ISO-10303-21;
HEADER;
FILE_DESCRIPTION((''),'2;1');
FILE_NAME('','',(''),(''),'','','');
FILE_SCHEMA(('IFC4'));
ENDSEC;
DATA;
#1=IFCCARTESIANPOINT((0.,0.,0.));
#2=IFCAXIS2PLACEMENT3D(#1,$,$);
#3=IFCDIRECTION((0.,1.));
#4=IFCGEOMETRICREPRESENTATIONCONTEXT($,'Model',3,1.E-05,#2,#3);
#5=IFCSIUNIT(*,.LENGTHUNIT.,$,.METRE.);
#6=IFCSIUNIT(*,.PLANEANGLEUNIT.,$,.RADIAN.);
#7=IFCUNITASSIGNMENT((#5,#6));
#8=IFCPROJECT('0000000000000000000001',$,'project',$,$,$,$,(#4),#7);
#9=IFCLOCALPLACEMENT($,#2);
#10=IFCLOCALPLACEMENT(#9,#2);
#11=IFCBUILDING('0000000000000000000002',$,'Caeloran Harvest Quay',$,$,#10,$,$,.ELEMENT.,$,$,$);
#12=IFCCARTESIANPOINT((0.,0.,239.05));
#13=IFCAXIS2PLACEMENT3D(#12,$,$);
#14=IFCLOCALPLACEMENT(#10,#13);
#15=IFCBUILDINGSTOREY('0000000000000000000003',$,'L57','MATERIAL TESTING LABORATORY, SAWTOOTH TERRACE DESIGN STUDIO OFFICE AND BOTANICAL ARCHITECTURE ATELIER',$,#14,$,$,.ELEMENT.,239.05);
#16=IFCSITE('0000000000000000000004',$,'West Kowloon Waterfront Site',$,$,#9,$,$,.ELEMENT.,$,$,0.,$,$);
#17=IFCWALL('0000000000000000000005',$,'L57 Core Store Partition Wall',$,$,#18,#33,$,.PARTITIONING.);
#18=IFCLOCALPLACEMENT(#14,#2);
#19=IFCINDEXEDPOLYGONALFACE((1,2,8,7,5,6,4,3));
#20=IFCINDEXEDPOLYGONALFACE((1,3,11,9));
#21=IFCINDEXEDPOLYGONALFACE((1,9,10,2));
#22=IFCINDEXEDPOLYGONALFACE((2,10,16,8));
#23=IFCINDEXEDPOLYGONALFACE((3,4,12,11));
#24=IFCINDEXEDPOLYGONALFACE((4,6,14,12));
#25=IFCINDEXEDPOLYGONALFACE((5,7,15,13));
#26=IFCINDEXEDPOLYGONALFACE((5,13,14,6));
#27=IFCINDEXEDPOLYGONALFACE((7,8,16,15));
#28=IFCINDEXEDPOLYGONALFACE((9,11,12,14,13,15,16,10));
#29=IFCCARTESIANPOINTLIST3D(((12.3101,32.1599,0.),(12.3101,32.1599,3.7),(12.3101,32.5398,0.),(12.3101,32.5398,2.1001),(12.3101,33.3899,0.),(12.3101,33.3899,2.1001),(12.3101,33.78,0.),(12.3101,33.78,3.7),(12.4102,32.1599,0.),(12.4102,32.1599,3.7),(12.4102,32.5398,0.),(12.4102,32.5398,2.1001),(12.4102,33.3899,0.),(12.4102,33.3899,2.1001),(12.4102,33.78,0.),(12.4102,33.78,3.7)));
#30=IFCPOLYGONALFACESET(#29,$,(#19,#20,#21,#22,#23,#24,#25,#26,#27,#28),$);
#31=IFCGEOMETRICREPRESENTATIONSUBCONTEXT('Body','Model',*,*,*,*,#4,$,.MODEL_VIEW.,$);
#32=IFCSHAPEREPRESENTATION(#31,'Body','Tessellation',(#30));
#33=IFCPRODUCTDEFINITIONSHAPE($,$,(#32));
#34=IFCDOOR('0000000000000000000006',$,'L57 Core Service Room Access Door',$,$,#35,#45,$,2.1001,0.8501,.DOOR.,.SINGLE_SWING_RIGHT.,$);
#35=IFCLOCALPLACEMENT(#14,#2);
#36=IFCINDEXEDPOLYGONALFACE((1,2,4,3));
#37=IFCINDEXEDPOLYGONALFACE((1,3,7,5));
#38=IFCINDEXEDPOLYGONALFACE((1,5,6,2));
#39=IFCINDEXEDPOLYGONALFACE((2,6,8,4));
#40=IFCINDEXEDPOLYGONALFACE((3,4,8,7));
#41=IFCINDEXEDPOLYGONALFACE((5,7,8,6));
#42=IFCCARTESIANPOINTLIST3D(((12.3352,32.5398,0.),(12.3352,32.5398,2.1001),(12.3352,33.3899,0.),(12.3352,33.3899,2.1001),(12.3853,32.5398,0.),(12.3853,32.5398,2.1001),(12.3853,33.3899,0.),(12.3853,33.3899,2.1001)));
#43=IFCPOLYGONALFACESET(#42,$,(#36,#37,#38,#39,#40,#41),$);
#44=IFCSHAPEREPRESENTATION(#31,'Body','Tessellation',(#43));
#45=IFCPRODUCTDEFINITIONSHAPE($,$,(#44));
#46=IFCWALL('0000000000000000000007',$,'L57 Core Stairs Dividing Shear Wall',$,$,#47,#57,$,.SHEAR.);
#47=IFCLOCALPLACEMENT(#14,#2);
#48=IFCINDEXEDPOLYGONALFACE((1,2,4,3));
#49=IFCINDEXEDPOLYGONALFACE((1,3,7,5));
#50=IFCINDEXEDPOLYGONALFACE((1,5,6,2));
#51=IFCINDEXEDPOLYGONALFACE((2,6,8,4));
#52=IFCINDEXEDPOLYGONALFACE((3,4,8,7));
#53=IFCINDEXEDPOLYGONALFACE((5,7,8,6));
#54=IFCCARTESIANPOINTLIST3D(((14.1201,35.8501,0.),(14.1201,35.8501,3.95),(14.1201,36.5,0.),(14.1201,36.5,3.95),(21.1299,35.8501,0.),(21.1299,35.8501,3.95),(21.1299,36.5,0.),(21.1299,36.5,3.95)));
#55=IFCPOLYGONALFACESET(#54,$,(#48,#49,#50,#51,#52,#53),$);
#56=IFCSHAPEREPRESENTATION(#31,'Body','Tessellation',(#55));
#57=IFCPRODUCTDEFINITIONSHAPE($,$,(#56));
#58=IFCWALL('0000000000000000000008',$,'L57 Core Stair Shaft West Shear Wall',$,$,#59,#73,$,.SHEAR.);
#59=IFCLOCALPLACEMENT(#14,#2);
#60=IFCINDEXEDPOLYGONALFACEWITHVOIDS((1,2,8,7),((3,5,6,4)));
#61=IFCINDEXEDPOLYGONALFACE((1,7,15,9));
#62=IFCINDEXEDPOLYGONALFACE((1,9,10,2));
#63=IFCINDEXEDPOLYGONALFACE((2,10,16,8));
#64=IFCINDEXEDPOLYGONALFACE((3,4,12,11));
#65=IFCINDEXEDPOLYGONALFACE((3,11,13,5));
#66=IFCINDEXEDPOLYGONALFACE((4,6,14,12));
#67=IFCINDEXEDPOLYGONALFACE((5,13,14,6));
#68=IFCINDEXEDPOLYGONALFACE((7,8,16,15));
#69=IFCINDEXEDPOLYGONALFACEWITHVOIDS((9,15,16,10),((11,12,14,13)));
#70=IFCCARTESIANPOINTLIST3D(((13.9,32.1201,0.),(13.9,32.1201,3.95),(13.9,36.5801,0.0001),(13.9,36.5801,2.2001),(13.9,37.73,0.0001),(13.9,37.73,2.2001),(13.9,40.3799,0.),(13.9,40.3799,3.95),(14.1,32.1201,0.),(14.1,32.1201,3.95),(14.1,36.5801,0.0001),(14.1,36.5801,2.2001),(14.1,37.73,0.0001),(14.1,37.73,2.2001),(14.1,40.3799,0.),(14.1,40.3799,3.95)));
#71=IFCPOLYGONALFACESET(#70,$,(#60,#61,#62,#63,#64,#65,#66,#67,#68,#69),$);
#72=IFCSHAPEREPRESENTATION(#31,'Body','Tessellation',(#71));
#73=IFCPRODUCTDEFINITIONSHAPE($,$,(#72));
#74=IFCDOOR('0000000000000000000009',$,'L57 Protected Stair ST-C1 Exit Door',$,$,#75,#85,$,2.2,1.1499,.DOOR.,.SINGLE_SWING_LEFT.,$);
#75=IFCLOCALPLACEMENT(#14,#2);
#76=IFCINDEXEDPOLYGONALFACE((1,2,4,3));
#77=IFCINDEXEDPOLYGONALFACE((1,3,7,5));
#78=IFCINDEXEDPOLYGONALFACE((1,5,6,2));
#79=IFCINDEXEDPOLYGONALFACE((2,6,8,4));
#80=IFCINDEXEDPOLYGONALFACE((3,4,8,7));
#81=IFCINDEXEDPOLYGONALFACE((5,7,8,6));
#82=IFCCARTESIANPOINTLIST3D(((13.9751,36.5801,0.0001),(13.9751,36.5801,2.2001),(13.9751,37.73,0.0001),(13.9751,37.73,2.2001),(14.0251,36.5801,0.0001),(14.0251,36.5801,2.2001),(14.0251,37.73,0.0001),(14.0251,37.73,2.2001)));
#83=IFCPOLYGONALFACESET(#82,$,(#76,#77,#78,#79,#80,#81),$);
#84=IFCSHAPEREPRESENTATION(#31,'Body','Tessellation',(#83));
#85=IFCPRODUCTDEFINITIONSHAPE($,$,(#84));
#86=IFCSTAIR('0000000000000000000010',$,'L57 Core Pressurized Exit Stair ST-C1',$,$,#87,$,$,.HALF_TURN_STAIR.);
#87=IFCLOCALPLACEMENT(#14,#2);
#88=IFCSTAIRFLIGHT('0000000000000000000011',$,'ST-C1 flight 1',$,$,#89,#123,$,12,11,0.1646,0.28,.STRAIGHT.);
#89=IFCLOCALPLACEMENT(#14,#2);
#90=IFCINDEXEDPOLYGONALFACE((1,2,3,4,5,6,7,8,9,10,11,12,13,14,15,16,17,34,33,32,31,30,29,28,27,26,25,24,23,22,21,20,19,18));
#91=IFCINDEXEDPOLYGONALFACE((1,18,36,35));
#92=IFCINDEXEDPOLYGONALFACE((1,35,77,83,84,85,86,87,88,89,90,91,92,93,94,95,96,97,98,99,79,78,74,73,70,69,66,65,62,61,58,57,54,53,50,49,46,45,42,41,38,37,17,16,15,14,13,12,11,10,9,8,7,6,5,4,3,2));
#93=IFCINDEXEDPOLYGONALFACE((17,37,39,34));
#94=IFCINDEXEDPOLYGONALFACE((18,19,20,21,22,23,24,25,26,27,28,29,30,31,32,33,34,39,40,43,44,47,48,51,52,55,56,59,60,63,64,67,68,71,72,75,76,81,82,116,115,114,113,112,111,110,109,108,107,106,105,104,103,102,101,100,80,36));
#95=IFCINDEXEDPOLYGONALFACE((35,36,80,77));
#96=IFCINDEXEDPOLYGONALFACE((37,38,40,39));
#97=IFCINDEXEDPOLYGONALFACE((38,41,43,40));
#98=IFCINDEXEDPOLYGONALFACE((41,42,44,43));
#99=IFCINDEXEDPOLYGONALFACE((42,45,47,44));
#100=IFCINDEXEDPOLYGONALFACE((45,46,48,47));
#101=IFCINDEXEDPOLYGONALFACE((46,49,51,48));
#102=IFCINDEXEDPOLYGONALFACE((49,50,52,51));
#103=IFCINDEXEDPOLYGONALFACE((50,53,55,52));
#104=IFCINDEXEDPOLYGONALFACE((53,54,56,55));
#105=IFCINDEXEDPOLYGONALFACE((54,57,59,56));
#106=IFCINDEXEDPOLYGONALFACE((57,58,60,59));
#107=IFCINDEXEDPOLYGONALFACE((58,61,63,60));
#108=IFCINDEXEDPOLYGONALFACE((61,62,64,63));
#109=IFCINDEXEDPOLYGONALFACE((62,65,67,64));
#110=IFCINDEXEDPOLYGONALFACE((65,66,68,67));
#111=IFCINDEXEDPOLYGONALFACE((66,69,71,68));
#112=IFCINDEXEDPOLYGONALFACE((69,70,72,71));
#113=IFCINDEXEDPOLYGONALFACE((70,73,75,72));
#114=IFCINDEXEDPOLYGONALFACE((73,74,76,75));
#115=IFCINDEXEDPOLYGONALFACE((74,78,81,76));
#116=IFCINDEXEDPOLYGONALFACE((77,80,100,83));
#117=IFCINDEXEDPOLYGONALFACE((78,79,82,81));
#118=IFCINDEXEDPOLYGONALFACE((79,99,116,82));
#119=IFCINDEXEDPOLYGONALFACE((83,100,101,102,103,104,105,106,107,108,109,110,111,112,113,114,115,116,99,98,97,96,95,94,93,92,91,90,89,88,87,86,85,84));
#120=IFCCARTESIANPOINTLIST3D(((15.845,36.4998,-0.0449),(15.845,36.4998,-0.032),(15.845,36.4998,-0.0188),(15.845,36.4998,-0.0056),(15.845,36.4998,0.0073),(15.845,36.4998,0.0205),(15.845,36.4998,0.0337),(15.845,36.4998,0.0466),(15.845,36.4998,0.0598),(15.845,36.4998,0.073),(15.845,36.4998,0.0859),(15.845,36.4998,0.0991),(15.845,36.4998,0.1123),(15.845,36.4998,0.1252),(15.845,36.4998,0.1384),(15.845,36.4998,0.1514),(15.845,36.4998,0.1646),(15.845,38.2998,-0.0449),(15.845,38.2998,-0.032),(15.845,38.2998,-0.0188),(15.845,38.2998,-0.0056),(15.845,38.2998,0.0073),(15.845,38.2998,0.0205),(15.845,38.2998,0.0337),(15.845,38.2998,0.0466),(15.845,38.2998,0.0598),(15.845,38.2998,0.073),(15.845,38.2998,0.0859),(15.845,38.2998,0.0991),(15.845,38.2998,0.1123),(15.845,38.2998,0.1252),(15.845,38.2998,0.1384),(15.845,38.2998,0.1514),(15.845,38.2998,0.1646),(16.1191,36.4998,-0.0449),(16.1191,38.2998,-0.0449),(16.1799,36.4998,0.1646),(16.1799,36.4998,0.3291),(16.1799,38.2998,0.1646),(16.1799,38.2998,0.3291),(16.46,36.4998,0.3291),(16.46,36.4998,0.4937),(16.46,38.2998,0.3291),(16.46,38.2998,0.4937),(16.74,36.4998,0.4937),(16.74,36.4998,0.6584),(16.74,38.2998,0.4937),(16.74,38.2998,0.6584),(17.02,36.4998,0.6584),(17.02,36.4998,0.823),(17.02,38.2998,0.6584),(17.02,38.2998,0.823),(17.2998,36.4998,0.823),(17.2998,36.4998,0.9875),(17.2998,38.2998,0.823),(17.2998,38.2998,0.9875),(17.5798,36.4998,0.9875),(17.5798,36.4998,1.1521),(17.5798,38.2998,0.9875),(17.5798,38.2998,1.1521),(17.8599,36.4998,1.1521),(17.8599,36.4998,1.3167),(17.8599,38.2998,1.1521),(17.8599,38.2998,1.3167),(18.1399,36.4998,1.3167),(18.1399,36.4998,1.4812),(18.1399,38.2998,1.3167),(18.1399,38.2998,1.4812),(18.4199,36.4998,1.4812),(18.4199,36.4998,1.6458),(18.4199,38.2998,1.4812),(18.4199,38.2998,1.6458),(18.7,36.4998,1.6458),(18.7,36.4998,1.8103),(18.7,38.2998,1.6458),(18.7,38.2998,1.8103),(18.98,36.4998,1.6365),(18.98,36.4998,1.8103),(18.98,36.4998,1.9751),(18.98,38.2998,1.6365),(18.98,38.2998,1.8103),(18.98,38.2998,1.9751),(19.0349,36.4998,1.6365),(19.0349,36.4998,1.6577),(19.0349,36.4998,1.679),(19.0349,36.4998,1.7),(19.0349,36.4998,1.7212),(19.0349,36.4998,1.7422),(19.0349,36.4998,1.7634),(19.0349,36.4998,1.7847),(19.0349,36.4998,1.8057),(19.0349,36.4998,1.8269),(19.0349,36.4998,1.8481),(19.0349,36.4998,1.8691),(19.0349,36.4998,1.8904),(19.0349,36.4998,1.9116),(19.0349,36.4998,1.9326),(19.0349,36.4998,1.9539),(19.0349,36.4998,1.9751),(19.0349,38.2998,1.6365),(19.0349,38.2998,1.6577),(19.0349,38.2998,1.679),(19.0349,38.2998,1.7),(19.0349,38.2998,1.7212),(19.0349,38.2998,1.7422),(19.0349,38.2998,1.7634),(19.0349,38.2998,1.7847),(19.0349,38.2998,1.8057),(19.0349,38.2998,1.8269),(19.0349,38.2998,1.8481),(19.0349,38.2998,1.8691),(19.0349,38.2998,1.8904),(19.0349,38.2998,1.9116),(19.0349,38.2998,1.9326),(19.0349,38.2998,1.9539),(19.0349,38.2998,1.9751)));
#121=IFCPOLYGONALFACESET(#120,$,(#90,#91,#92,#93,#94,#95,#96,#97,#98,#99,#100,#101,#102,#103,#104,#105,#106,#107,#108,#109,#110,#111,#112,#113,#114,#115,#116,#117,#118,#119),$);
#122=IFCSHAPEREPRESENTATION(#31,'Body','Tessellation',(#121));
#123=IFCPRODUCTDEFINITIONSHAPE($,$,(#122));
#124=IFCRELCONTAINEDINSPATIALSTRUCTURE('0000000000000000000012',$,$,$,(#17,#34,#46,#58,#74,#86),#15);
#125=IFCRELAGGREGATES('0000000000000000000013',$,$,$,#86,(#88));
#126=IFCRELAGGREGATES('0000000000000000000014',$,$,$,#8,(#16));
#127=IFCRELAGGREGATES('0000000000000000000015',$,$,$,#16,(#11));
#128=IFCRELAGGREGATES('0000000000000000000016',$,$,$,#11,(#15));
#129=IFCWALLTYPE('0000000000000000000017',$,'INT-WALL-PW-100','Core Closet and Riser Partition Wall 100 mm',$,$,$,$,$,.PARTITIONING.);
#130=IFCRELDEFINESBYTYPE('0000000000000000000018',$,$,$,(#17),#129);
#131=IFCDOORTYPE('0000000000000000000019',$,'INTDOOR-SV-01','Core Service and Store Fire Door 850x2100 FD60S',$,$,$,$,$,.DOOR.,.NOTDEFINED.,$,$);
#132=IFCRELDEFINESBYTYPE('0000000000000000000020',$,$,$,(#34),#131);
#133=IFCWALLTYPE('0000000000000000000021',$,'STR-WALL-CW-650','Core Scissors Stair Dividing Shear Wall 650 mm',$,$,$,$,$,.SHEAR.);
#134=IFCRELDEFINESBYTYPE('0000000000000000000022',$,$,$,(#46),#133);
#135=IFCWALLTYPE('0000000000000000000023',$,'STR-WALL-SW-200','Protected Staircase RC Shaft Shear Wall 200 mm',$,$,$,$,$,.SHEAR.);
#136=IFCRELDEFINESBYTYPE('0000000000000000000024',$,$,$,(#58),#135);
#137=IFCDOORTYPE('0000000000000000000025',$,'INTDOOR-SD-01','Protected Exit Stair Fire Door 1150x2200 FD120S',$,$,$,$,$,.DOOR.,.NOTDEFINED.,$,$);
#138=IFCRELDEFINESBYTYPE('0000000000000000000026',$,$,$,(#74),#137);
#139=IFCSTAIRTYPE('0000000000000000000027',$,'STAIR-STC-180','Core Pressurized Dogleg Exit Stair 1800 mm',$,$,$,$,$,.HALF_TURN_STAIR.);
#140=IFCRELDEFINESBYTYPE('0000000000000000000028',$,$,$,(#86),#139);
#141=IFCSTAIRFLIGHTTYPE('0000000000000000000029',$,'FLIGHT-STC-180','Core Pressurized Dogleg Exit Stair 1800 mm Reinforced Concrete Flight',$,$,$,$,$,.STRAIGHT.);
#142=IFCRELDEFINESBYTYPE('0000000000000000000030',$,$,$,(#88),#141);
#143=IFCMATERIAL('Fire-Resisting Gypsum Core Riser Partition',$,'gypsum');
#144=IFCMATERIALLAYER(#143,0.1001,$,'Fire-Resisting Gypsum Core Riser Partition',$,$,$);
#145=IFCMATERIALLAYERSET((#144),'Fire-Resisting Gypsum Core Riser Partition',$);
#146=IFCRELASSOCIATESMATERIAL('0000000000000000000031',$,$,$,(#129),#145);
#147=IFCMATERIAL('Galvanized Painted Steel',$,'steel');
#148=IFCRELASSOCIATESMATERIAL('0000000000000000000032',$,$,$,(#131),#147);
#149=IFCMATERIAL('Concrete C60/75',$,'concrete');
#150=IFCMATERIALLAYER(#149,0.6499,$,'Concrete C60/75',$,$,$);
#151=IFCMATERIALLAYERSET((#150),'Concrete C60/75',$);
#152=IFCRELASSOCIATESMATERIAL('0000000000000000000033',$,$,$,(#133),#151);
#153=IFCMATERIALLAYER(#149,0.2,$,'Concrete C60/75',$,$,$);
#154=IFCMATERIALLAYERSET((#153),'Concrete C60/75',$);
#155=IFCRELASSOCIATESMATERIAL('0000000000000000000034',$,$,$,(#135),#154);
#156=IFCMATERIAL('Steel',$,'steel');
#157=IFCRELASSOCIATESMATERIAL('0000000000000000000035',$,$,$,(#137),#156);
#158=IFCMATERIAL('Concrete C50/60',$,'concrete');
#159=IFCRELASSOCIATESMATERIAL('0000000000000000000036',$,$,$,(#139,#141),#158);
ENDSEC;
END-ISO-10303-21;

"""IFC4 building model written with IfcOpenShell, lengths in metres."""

from ifc_helpers import new_model, si_unit, direction, frame, frame_2d, origin, place, context, subcontext, project, spatial, polyline, rectangle, outline, extrude, material, layer, layer_set, type_object, element, fill, aggregate, save


model = new_model("IFC4")

# Units and contexts
model_context = context("Model", 3, precision=1e-05, world=origin(), true_north=direction((0.0, 1.0)))
body_context = subcontext(model_context, "Body", "Model", "MODEL_VIEW")
ifc_project = project(units=[si_unit("LENGTHUNIT", "METRE"), si_unit("PLANEANGLEUNIT", "RADIAN")], contexts=[model_context])

# Site, building, storey
site_placement = place(None, origin())
site = spatial("IfcSite", under=ifc_project, at=site_placement, Name="West Kowloon Waterfront Site", CompositionType="ELEMENT", RefElevation=0.0)
building_placement = place(site_placement, origin())
building = spatial("IfcBuilding", under=site, at=building_placement, Name="Caeloran Harvest Quay", CompositionType="ELEMENT")
storey_placement = place(building_placement, frame((0.0, 0.0, 239.05)))
storey = spatial("IfcBuildingStorey", under=building, at=storey_placement, Name="L57", Description="MATERIAL TESTING LABORATORY, SAWTOOTH TERRACE DESIGN STUDIO OFFICE AND BOTANICAL ARCHITECTURE ATELIER", CompositionType="ELEMENT", Elevation=239.05)

# Wall, opening, door
ifc_material_1 = material(Name="Fire-Resisting Gypsum Core Riser Partition", Category="gypsum")
ifc_layer_1 = layer(ifc_material_1, 0.1001, Name="Fire-Resisting Gypsum Core Riser Partition")
ifc_layer_set_1 = layer_set([ifc_layer_1], Name="Fire-Resisting Gypsum Core Riser Partition")
wall_type_1 = type_object("IfcWallType", Name="INT-WALL-PW-100", Description="Core Closet and Riser Partition Wall 100 mm", PredefinedType="PARTITIONING", material=ifc_layer_set_1)
wall_1_placement = place(storey_placement, frame((12.3601, 32.1599, 0.0), z_axis=(0.0, 0.0, 1.0), x_axis=(0.0, 1.0, 0.0)))
wall_1 = element("IfcWall", 1, at=wall_1_placement, inside=storey, type_object=wall_type_1, Name="L57 Core Store Partition Wall", PredefinedType="PARTITIONING", context=body_context, shape_type="SweptSolid", body=[
    extrude(rectangle(XDim=1.6201, YDim=0.1001, at=frame_2d((0.8101, 0.0))), origin(), (0.0, 0.0, 1.0), 3.7),
])
opening_1_placement = place(wall_1_placement, frame((0.3799, 0.0, 0.0)))
opening_1 = element("IfcOpeningElement", 2, at=opening_1_placement, cuts=wall_1, PredefinedType="OPENING", context=body_context, shape_type="SweptSolid", body=[
    extrude(rectangle(XDim=0.8501, YDim=2.1001, at=frame_2d((0.425, 1.05))), frame((0.0, 0.0601, 0.0), z_axis=(0.0, -1.0, 0.0), x_axis=(1.0, 0.0, 0.0)), (0.0, 0.0, 1.0), 0.1201),
])
ifc_material_2 = material(Name="Galvanized Painted Steel", Category="steel")
door_type_1 = type_object("IfcDoorType", Name="INTDOOR-SV-01", Description="Core Service and Store Fire Door 850x2100 FD60S", OperationType="NOTDEFINED", PredefinedType="DOOR", material=ifc_material_2)
door_1_placement = place(opening_1_placement, origin())
door_1 = element("IfcDoor", 3, at=door_1_placement, inside=storey, type_object=door_type_1, Name="L57 Core Service Room Access Door", OperationType="SINGLE_SWING_RIGHT", OverallHeight=2.1001, OverallWidth=0.8501, PredefinedType="DOOR", context=body_context, shape_type="SweptSolid", body=[
    extrude(rectangle(XDim=0.8501, YDim=2.1001, at=frame_2d((0.425, 1.05))), frame((0.0, 0.0249, 0.0), z_axis=(0.0, -1.0, 0.0), x_axis=(1.0, 0.0, 0.0)), (0.0, 0.0, 1.0), 0.05),
])
fill(opening_1, door_1)

# Wall
ifc_material_3 = material(Name="Concrete C60/75", Category="concrete")
ifc_layer_2 = layer(ifc_material_3, 0.6499, Name="Concrete C60/75")
ifc_layer_set_2 = layer_set([ifc_layer_2], Name="Concrete C60/75")
wall_type_2 = type_object("IfcWallType", Name="STR-WALL-CW-650", Description="Core Scissors Stair Dividing Shear Wall 650 mm", PredefinedType="SHEAR", material=ifc_layer_set_2)
wall_2_placement = place(storey_placement, frame((14.1201, 36.175, 0.0), z_axis=(0.0, 0.0, 1.0), x_axis=(1.0, 0.0, 0.0)))
element("IfcWall", 4, at=wall_2_placement, inside=storey, type_object=wall_type_2, Name="L57 Core Stairs Dividing Shear Wall", PredefinedType="SHEAR", context=body_context, shape_type="SweptSolid", body=[
    extrude(rectangle(XDim=7.0098, YDim=0.6499, at=frame_2d((3.5049, 0.0))), origin(), (0.0, 0.0, 1.0), 3.95),
])

# Wall, opening, door
ifc_layer_3 = layer(ifc_material_3, 0.2, Name="Concrete C60/75")
ifc_layer_set_3 = layer_set([ifc_layer_3], Name="Concrete C60/75")
wall_type_3 = type_object("IfcWallType", Name="STR-WALL-SW-200", Description="Protected Staircase RC Shaft Shear Wall 200 mm", PredefinedType="SHEAR", material=ifc_layer_set_3)
wall_3_placement = place(storey_placement, frame((14.0, 32.1201, 0.0), z_axis=(0.0, 0.0, 1.0), x_axis=(0.0, 1.0, 0.0)))
wall_3 = element("IfcWall", 5, at=wall_3_placement, inside=storey, type_object=wall_type_3, Name="L57 Core Stair Shaft West Shear Wall", PredefinedType="SHEAR", context=body_context, shape_type="SweptSolid", body=[
    extrude(rectangle(XDim=8.2598, YDim=0.2, at=frame_2d((4.1299, 0.0))), origin(), (0.0, 0.0, 1.0), 3.95),
])
opening_2_placement = place(wall_3_placement, frame((4.46, 0.0, 0.0)))
opening_2 = element("IfcOpeningElement", 6, at=opening_2_placement, cuts=wall_3, PredefinedType="OPENING", context=body_context, shape_type="SweptSolid", body=[
    extrude(rectangle(XDim=1.1499, YDim=2.2, at=frame_2d((0.575, 1.1001))), frame((0.0, 0.1099, 0.0), z_axis=(0.0, -1.0, 0.0), x_axis=(1.0, 0.0, 0.0)), (0.0, 0.0, 1.0), 0.22),
])
ifc_material_4 = material(Name="Steel", Category="steel")
door_type_2 = type_object("IfcDoorType", Name="INTDOOR-SD-01", Description="Protected Exit Stair Fire Door 1150x2200 FD120S", OperationType="NOTDEFINED", PredefinedType="DOOR", material=ifc_material_4)
door_2_placement = place(opening_2_placement, origin())
door_2 = element("IfcDoor", 7, at=door_2_placement, inside=storey, type_object=door_type_2, Name="L57 Protected Stair ST-C1 Exit Door", OperationType="SINGLE_SWING_LEFT", OverallHeight=2.2, OverallWidth=1.1499, PredefinedType="DOOR", context=body_context, shape_type="SweptSolid", body=[
    extrude(rectangle(XDim=1.1499, YDim=2.2, at=frame_2d((0.575, 1.1001))), frame((0.0, 0.0249, 0.0), z_axis=(0.0, -1.0, 0.0), x_axis=(1.0, 0.0, 0.0)), (0.0, 0.0, 1.0), 0.05),
])
fill(opening_2, door_2)

# Stair, stair flight
ifc_material_5 = material(Name="Concrete C50/60", Category="concrete")
stair_type = type_object("IfcStairType", Name="STAIR-STC-180", Description="Core Pressurized Dogleg Exit Stair 1800 mm", PredefinedType="HALF_TURN_STAIR", material=ifc_material_5)
stair_1_placement = place(storey_placement, origin())
stair_1 = element("IfcStair", 8, at=stair_1_placement, inside=storey, type_object=stair_type, Name="L57 Core Pressurized Exit Stair ST-C1", PredefinedType="HALF_TURN_STAIR")
stair_flight_type = type_object("IfcStairFlightType", Name="FLIGHT-STC-180", Description="Core Pressurized Dogleg Exit Stair 1800 mm Reinforced Concrete Flight", PredefinedType="STRAIGHT", material=ifc_material_5)
stair_flight_1_placement = place(storey_placement, frame((15.8999, 37.3999, 0.0), z_axis=(0.0, 0.0, 1.0), x_axis=(1.0, 0.0, 0.0)))
stair_flight_1 = element("IfcStairFlight", 9, at=stair_flight_1_placement, type_object=stair_flight_type, Name="ST-C1 flight 1", NumberOfRisers=12, NumberOfTreads=11, PredefinedType="STRAIGHT", RiserHeight=0.1646, TreadLength=0.28, context=body_context, shape_type="SweptSolid", body=[
    extrude(outline(polyline([(-0.0549, -0.0449), (-0.0549, -0.032), (-0.0549, -0.0188), (-0.0549, -0.0056), (-0.0549, 0.0073), (-0.0549, 0.0205), (-0.0549, 0.0337), (-0.0549, 0.0466), (-0.0549, 0.0598), (-0.0549, 0.073), (-0.0549, 0.0859), (-0.0549, 0.0991), (-0.0549, 0.1123), (-0.0549, 0.1252), (-0.0549, 0.1384), (-0.0549, 0.1514), (-0.0549, 0.1646), (0.28, 0.1646), (0.28, 0.3291), (0.5601, 0.3291), (0.5601, 0.4937), (0.8401, 0.4937), (0.8401, 0.6584), (1.1201, 0.6584), (1.1201, 0.823), (1.3999, 0.823), (1.3999, 0.9875), (1.6799, 0.9875), (1.6799, 1.1521), (1.96, 1.1521), (1.96, 1.3167), (2.24, 1.3167), (2.24, 1.4812), (2.52, 1.4812), (2.52, 1.6458), (2.8, 1.6458), (2.8, 1.8103), (3.0801, 1.8103), (3.0801, 1.9751), (3.135, 1.9751), (3.135, 1.9539), (3.135, 1.9326), (3.135, 1.9116), (3.135, 1.8904), (3.135, 1.8691), (3.135, 1.8481), (3.135, 1.8269), (3.135, 1.8057), (3.135, 1.7847), (3.135, 1.7634), (3.135, 1.7422), (3.135, 1.7212), (3.135, 1.7), (3.135, 1.679), (3.135, 1.6577), (3.135, 1.6365), (3.0801, 1.6365), (0.2192, -0.0449), (-0.0549, -0.0449)])), frame((0.0, 0.8999, 0.0), z_axis=(0.0, -1.0, 0.0), x_axis=(1.0, 0.0, 0.0)), (0.0, 0.0, 1.0), 1.8),
])
aggregate(stair_1, [stair_flight_1])

save(model, "model.ifc")
